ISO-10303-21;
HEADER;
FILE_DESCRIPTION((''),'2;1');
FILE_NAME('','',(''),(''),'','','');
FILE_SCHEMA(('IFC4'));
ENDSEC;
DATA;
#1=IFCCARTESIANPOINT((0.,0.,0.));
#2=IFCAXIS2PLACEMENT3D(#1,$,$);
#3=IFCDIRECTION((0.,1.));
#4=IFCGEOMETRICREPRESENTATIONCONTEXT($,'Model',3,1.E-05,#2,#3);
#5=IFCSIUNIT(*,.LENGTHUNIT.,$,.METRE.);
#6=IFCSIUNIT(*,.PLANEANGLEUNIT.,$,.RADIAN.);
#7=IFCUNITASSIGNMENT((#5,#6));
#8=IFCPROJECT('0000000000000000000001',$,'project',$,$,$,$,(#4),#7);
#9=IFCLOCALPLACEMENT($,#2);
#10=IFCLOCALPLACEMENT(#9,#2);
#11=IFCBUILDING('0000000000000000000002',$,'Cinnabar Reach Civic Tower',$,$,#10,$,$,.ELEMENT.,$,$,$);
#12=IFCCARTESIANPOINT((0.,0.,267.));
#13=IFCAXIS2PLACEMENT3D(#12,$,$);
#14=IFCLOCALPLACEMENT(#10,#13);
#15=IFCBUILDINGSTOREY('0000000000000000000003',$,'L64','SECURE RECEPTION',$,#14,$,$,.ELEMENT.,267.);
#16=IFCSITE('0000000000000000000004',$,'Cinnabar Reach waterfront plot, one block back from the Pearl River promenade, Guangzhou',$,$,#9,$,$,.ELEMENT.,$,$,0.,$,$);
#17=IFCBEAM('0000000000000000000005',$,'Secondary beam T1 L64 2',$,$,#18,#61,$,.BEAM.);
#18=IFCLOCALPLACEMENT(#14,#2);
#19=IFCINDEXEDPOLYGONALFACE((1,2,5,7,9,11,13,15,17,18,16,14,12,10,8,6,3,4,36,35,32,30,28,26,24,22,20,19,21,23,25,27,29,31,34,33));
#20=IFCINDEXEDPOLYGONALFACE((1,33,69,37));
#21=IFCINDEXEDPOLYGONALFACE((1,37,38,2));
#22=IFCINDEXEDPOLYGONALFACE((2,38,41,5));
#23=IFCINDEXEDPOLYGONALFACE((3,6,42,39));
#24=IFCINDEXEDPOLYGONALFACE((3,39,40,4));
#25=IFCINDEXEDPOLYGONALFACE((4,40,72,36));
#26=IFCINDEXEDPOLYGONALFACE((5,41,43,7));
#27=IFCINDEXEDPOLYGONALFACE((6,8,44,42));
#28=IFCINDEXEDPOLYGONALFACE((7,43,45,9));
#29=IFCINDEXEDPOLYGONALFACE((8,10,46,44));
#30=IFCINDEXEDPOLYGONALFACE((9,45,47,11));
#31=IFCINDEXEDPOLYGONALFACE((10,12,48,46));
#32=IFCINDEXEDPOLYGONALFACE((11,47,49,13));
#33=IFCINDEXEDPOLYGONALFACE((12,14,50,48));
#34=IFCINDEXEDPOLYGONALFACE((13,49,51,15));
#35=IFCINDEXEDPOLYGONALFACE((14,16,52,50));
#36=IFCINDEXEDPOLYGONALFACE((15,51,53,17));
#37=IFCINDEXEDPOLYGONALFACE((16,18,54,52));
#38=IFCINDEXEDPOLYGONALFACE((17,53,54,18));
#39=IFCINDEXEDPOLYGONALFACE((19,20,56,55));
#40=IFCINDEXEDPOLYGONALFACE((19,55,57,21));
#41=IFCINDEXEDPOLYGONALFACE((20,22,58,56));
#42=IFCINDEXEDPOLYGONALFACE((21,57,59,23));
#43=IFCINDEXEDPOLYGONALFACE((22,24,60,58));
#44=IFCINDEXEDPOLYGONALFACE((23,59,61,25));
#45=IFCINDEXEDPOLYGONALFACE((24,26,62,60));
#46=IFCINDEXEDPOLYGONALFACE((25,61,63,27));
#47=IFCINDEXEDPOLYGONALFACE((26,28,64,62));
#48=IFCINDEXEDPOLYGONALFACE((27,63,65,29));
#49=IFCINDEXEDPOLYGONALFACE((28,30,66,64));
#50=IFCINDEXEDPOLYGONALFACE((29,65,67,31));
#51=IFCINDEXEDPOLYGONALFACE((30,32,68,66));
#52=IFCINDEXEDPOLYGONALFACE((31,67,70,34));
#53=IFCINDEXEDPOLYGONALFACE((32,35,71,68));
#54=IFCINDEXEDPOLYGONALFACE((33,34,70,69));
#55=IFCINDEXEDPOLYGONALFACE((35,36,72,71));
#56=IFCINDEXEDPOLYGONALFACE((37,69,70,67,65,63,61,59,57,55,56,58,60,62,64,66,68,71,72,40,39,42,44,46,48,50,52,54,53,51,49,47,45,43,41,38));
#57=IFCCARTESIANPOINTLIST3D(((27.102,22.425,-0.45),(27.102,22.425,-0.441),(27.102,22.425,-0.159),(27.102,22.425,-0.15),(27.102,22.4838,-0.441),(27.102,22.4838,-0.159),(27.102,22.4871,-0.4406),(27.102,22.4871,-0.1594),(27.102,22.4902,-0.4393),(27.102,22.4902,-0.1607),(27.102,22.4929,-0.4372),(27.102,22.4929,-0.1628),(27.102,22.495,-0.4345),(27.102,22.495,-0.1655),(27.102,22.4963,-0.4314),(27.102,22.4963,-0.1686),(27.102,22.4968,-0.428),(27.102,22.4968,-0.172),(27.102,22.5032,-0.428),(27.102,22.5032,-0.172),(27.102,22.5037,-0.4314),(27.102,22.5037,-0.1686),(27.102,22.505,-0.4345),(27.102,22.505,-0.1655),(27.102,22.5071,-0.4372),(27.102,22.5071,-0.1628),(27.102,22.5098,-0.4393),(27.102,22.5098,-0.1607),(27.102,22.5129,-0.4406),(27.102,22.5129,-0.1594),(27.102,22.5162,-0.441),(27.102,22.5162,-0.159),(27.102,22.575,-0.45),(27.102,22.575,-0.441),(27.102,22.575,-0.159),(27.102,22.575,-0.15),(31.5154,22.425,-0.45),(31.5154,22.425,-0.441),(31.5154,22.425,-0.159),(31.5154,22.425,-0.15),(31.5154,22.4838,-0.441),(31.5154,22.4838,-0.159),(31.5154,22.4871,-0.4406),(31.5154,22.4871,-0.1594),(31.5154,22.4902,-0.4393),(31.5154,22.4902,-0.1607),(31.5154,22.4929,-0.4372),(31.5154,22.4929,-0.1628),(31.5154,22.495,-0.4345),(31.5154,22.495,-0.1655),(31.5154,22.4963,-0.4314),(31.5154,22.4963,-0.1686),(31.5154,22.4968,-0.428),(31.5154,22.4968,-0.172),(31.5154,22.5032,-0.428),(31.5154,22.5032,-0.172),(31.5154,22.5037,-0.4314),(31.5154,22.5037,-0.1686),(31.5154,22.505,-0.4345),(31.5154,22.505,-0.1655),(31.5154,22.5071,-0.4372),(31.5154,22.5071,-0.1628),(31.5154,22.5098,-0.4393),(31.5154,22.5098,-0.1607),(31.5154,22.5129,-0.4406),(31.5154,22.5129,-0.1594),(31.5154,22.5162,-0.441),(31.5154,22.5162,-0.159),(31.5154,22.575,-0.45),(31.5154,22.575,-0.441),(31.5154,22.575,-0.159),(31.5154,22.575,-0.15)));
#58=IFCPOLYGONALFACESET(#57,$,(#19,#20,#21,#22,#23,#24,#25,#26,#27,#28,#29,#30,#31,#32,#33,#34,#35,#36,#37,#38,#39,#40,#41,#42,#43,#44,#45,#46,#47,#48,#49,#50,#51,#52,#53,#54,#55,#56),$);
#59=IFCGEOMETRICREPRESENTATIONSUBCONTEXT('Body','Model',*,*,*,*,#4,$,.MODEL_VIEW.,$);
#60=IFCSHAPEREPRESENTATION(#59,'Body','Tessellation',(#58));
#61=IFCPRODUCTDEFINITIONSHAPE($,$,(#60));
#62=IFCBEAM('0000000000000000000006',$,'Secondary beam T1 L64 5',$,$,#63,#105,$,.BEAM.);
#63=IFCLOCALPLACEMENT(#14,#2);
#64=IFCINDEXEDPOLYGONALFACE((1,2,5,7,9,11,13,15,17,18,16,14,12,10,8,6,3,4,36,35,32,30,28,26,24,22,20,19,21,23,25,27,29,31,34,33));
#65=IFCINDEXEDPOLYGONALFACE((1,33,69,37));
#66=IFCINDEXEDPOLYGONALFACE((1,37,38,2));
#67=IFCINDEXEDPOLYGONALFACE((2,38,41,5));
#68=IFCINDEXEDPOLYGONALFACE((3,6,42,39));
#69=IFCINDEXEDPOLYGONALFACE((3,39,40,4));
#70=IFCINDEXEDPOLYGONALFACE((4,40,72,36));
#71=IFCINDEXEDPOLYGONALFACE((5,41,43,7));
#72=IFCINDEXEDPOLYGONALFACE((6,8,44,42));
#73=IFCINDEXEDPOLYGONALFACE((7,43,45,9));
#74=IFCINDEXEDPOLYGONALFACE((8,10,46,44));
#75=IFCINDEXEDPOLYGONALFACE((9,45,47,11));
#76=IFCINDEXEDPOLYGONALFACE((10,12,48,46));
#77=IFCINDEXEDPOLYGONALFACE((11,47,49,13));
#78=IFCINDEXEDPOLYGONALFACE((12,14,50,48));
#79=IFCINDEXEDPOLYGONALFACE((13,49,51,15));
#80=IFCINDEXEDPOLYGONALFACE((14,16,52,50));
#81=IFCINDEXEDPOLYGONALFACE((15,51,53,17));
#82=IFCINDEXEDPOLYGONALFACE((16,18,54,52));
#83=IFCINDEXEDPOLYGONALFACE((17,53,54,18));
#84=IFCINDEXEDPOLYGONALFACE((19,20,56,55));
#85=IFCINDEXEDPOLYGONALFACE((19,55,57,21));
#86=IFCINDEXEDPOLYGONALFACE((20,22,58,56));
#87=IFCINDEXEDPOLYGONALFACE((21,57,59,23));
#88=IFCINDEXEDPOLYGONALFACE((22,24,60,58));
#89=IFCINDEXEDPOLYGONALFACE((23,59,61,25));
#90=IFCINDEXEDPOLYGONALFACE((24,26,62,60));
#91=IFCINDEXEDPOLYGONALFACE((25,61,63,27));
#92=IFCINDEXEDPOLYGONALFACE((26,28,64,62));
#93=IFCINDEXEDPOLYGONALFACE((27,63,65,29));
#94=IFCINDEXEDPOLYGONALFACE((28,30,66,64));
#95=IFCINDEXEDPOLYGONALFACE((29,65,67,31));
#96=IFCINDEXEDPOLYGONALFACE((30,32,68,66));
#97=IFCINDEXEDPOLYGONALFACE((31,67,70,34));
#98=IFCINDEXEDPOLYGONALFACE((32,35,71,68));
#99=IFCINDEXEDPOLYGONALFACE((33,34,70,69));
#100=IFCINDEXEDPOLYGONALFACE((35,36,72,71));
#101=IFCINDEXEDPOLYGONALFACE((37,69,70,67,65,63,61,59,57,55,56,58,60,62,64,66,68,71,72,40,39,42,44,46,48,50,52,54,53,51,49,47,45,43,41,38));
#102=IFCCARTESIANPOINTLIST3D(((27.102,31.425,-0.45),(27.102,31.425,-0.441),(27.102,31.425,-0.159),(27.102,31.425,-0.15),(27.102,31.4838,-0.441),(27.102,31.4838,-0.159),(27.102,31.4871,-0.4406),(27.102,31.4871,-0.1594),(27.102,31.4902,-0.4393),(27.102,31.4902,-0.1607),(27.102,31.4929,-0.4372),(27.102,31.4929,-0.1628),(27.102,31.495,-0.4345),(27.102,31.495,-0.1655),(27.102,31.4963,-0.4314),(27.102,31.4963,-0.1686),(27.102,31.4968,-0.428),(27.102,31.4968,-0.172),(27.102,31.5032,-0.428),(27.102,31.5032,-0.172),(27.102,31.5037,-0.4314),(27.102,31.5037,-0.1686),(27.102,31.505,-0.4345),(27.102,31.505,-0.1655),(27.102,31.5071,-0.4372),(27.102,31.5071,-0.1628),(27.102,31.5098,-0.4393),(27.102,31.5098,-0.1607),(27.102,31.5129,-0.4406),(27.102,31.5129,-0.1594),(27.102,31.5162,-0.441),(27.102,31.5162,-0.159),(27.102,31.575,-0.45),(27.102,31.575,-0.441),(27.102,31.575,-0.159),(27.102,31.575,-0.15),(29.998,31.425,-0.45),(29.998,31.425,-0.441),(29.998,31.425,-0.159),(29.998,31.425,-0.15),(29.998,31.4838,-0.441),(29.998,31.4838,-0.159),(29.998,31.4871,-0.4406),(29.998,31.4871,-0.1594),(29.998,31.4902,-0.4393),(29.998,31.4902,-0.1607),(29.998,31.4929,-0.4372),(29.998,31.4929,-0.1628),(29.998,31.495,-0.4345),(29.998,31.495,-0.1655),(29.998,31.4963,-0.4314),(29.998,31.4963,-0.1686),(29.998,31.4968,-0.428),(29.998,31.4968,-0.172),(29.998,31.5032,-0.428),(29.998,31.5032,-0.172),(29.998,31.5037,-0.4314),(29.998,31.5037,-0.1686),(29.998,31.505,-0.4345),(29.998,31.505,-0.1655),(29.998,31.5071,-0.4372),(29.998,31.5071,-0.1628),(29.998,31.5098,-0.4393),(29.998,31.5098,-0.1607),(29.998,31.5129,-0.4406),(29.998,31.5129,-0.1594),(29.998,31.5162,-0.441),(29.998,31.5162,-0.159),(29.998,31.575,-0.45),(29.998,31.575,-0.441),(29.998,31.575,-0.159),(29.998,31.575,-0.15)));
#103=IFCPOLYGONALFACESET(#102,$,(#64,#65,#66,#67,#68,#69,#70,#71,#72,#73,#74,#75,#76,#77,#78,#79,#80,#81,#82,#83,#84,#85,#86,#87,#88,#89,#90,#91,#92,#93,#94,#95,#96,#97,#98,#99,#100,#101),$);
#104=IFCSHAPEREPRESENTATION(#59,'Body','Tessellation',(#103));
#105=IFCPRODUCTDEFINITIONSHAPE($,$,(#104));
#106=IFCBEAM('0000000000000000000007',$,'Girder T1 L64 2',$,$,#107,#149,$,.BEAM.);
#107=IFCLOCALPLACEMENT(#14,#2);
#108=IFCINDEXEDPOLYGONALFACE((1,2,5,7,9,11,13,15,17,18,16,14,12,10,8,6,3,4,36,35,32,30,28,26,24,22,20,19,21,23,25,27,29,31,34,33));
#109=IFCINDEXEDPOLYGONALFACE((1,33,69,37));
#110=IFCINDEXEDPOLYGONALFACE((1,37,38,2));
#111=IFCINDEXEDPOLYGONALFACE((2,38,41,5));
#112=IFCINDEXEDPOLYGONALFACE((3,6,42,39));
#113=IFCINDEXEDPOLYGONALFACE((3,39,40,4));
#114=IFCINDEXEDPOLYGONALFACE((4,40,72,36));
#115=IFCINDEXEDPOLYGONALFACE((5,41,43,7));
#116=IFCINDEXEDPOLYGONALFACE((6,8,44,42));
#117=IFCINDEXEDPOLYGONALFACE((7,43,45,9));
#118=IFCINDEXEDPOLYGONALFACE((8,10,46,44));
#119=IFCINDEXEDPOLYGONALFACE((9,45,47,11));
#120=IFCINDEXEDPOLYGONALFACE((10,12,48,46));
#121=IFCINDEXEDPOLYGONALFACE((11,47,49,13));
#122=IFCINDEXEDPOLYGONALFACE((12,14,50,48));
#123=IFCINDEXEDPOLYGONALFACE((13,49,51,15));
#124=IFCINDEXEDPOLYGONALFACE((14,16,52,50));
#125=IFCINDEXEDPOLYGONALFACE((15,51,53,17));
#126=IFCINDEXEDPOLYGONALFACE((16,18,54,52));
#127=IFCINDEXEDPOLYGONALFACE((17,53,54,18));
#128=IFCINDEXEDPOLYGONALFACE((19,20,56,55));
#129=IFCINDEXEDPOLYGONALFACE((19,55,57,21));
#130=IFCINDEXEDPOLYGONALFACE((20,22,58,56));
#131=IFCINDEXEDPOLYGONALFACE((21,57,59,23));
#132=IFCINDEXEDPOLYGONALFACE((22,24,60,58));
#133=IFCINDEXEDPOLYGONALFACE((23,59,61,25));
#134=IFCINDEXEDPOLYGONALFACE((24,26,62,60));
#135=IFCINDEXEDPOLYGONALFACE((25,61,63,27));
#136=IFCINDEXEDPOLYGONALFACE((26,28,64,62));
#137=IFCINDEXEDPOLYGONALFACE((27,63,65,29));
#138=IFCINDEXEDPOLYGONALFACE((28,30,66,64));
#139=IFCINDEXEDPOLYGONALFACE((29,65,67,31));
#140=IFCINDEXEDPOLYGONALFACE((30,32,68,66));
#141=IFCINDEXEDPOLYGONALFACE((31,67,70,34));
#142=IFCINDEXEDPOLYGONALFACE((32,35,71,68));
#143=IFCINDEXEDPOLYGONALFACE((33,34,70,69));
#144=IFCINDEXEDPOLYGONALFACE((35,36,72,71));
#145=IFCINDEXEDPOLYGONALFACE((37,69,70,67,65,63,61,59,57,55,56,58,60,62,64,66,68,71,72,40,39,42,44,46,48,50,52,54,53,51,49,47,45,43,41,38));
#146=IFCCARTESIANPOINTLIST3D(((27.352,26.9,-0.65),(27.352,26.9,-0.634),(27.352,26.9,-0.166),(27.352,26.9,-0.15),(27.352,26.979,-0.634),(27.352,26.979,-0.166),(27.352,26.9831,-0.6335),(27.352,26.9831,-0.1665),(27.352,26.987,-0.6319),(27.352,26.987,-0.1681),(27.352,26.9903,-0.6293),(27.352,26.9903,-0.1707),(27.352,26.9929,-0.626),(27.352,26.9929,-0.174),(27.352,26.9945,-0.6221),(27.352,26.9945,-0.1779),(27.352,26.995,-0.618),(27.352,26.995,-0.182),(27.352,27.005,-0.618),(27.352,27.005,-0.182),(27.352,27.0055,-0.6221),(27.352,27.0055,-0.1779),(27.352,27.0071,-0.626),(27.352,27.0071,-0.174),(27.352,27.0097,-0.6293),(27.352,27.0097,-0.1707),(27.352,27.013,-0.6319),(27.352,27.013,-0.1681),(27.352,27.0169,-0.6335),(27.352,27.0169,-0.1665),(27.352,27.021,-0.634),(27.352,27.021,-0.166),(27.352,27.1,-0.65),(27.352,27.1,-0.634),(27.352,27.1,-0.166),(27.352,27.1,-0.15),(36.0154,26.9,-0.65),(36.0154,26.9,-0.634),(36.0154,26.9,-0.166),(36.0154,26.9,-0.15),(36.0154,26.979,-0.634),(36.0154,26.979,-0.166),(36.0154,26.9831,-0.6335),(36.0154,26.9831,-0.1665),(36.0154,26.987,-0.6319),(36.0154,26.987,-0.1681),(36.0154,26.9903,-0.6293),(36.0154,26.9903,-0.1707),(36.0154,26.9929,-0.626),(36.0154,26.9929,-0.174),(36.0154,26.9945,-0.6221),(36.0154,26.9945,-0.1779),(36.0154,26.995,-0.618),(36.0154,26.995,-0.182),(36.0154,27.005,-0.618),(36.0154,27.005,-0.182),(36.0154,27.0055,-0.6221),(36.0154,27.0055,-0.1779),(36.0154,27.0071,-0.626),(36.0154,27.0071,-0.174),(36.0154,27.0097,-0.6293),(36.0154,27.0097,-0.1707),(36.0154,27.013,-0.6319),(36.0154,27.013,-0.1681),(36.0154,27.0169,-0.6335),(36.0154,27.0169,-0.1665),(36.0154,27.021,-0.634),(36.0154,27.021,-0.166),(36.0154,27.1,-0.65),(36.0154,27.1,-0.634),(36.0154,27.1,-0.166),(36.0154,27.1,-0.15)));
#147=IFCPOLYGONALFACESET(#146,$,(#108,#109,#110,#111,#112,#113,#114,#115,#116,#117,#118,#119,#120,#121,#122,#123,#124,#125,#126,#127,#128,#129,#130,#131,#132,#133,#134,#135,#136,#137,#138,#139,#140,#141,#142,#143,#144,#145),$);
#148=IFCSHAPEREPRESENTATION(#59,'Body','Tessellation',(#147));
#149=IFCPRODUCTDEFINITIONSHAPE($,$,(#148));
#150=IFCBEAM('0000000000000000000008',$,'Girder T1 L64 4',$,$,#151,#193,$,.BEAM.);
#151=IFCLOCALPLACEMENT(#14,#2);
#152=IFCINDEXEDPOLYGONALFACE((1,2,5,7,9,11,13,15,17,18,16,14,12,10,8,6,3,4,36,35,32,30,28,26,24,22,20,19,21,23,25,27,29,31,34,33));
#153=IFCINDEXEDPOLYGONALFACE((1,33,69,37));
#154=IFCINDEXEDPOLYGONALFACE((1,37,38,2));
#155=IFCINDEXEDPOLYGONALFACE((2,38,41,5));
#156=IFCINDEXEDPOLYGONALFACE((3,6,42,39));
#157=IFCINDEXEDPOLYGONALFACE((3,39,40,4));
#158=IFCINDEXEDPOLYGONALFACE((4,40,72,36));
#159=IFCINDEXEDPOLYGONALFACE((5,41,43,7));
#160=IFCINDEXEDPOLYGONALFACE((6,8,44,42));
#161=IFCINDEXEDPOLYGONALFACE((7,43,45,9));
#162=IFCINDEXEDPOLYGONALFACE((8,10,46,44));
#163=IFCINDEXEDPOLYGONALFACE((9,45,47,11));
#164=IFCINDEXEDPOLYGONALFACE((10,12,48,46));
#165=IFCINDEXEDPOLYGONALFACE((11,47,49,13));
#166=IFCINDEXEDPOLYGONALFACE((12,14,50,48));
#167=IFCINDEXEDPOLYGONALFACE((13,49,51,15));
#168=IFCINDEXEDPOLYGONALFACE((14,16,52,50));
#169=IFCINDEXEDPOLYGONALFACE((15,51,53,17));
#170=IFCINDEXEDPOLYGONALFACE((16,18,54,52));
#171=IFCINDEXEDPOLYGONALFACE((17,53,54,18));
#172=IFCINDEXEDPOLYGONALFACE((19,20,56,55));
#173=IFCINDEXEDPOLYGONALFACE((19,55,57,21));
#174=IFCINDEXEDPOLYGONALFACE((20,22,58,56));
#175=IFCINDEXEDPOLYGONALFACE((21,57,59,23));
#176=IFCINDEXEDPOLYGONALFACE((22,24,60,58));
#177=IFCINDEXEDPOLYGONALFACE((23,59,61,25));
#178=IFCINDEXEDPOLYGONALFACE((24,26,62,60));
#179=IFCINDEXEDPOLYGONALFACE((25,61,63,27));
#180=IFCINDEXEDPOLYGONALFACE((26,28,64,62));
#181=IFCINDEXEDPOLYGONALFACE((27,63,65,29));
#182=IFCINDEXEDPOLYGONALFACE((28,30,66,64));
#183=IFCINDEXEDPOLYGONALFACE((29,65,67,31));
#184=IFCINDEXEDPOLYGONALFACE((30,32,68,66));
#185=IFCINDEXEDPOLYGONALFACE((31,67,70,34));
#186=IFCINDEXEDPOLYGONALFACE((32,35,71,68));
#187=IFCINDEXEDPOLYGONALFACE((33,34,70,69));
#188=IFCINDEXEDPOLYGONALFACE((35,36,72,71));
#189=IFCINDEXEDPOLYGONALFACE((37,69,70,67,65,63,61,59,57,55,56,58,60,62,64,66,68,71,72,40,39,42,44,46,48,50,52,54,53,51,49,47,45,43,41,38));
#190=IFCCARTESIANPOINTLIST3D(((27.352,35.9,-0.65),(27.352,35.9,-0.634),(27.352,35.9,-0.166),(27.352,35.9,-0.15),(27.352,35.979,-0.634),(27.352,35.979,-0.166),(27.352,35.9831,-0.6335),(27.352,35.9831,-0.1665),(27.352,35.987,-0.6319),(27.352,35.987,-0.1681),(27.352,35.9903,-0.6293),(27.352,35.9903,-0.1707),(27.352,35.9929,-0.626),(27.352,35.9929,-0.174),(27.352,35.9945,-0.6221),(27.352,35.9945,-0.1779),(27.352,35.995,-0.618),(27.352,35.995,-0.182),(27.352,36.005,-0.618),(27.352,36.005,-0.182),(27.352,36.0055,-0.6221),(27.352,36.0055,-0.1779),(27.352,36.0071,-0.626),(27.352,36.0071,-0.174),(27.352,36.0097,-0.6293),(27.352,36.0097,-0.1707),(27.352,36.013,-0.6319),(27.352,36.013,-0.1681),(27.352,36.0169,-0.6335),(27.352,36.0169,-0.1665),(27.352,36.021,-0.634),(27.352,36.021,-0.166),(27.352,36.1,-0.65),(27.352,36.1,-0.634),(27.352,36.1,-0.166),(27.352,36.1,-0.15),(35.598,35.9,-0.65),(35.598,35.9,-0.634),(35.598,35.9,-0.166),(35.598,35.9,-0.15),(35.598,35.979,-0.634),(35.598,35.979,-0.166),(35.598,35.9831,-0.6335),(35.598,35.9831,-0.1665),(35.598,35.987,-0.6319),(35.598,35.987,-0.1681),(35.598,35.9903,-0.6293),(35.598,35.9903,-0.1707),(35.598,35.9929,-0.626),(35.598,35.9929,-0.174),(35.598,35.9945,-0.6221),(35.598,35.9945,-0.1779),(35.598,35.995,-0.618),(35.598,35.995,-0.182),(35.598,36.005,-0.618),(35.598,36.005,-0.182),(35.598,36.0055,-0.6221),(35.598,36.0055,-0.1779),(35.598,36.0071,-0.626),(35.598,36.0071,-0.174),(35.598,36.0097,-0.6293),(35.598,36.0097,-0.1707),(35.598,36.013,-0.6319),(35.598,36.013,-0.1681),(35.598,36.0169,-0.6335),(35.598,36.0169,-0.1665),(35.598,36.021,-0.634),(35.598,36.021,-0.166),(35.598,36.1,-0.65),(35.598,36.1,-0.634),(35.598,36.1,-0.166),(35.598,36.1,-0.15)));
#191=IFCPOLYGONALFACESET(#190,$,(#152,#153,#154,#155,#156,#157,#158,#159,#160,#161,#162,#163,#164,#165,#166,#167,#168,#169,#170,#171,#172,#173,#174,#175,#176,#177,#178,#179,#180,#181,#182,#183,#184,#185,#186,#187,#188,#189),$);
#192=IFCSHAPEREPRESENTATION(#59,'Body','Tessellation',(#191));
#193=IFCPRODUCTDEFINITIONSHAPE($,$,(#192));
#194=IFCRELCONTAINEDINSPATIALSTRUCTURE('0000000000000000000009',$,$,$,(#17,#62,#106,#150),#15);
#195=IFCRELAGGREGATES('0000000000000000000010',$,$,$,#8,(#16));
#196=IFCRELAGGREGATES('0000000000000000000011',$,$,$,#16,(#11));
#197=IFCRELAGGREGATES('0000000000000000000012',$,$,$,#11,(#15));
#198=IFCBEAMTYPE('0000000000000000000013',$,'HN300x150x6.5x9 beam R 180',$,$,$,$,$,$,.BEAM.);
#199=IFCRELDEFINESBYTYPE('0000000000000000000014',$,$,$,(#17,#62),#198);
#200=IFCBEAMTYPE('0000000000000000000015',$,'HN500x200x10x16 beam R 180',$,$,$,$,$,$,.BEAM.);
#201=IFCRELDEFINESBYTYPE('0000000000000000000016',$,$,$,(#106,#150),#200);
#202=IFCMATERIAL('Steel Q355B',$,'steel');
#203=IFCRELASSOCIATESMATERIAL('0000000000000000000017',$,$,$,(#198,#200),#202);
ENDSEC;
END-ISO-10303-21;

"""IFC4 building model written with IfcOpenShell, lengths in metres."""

from ifc_helpers import new_model, si_unit, direction, frame, origin, origin_2d, place, context, subcontext, project, spatial, i_section, extrude, material, material_profile, profile_set, type_object, element, save


model = new_model("IFC4")

# Units and contexts
model_context = context("Model", 3, precision=1e-05, world=origin(), true_north=direction((0.0, 1.0)))
body_context = subcontext(model_context, "Body", "Model", "MODEL_VIEW")
ifc_project = project(units=[si_unit("LENGTHUNIT", "METRE"), si_unit("PLANEANGLEUNIT", "RADIAN")], contexts=[model_context])

# Site, building, storey
site_placement = place(None, origin())
site = spatial("IfcSite", under=ifc_project, at=site_placement, Name="Cinnabar Reach waterfront plot, one block back from the Pearl River promenade, Guangzhou", CompositionType="ELEMENT", RefElevation=0.0)
building_placement = place(site_placement, origin())
building = spatial("IfcBuilding", under=site, at=building_placement, Name="Cinnabar Reach Civic Tower", CompositionType="ELEMENT")
storey_placement = place(building_placement, frame((0.0, 0.0, 267.0)))
storey = spatial("IfcBuildingStorey", under=building, at=storey_placement, Name="L64", Description="SECURE RECEPTION", CompositionType="ELEMENT", Elevation=267.0)

# Beams
ifc_material_1 = material(Name="Steel Q355B", Category="steel")
ifc_material_profile_1 = material_profile(ifc_material_1, i_section(OverallWidth=0.15, OverallDepth=0.3, WebThickness=0.0065, FlangeThickness=0.009, FilletRadius=0.013, at=origin_2d()), Name="HN300x150x6.5x9")
ifc_profile_set_1 = profile_set([ifc_material_profile_1], Name="Steel Q355B")
beam_type_1 = type_object("IfcBeamType", Name="HN300x150x6.5x9 beam R 180", PredefinedType="BEAM", material=ifc_profile_set_1)
beam_1_placement = place(storey_placement, frame((27.102, 22.5, -0.3), z_axis=(1.0, 0.0, 0.0), x_axis=(0.0, 1.0, 0.0)))
element("IfcBeam", 1, at=beam_1_placement, inside=storey, type_object=beam_type_1, Name="Secondary beam T1 L64 2", PredefinedType="BEAM", context=body_context, shape_type="SweptSolid", body=[
    extrude(i_section(OverallWidth=0.15, OverallDepth=0.3, WebThickness=0.0065, FlangeThickness=0.009, FilletRadius=0.013, at=origin_2d()), origin(), (0.0, 0.0, 1.0), 4.4134),
])
beam_2_placement = place(storey_placement, frame((27.102, 31.5, -0.3), z_axis=(1.0, 0.0, 0.0), x_axis=(0.0, 1.0, 0.0)))
element("IfcBeam", 2, at=beam_2_placement, inside=storey, type_object=beam_type_1, Name="Secondary beam T1 L64 5", PredefinedType="BEAM", context=body_context, shape_type="SweptSolid", body=[
    extrude(i_section(OverallWidth=0.15, OverallDepth=0.3, WebThickness=0.0065, FlangeThickness=0.009, FilletRadius=0.013, at=origin_2d()), origin(), (0.0, 0.0, 1.0), 2.896),
])
ifc_material_profile_2 = material_profile(ifc_material_1, i_section(OverallWidth=0.2, OverallDepth=0.5, WebThickness=0.01, FlangeThickness=0.016, FilletRadius=0.016, at=origin_2d()), Name="HN500x200x10x16")
ifc_profile_set_2 = profile_set([ifc_material_profile_2], Name="Steel Q355B")
beam_type_2 = type_object("IfcBeamType", Name="HN500x200x10x16 beam R 180", PredefinedType="BEAM", material=ifc_profile_set_2)
beam_3_placement = place(storey_placement, frame((27.352, 27.0, -0.4), z_axis=(1.0, 0.0, 0.0), x_axis=(0.0, 1.0, 0.0)))
element("IfcBeam", 3, at=beam_3_placement, inside=storey, type_object=beam_type_2, Name="Girder T1 L64 2", PredefinedType="BEAM", context=body_context, shape_type="SweptSolid", body=[
    extrude(i_section(OverallWidth=0.2, OverallDepth=0.5, WebThickness=0.01, FlangeThickness=0.016, FilletRadius=0.016, at=origin_2d()), origin(), (0.0, 0.0, 1.0), 8.6634),
])
beam_4_placement = place(storey_placement, frame((27.352, 36.0, -0.4), z_axis=(1.0, 0.0, 0.0), x_axis=(0.0, 1.0, 0.0)))
element("IfcBeam", 4, at=beam_4_placement, inside=storey, type_object=beam_type_2, Name="Girder T1 L64 4", PredefinedType="BEAM", context=body_context, shape_type="SweptSolid", body=[
    extrude(i_section(OverallWidth=0.2, OverallDepth=0.5, WebThickness=0.01, FlangeThickness=0.016, FilletRadius=0.016, at=origin_2d()), origin(), (0.0, 0.0, 1.0), 8.246),
])

save(model, "model.ifc")
